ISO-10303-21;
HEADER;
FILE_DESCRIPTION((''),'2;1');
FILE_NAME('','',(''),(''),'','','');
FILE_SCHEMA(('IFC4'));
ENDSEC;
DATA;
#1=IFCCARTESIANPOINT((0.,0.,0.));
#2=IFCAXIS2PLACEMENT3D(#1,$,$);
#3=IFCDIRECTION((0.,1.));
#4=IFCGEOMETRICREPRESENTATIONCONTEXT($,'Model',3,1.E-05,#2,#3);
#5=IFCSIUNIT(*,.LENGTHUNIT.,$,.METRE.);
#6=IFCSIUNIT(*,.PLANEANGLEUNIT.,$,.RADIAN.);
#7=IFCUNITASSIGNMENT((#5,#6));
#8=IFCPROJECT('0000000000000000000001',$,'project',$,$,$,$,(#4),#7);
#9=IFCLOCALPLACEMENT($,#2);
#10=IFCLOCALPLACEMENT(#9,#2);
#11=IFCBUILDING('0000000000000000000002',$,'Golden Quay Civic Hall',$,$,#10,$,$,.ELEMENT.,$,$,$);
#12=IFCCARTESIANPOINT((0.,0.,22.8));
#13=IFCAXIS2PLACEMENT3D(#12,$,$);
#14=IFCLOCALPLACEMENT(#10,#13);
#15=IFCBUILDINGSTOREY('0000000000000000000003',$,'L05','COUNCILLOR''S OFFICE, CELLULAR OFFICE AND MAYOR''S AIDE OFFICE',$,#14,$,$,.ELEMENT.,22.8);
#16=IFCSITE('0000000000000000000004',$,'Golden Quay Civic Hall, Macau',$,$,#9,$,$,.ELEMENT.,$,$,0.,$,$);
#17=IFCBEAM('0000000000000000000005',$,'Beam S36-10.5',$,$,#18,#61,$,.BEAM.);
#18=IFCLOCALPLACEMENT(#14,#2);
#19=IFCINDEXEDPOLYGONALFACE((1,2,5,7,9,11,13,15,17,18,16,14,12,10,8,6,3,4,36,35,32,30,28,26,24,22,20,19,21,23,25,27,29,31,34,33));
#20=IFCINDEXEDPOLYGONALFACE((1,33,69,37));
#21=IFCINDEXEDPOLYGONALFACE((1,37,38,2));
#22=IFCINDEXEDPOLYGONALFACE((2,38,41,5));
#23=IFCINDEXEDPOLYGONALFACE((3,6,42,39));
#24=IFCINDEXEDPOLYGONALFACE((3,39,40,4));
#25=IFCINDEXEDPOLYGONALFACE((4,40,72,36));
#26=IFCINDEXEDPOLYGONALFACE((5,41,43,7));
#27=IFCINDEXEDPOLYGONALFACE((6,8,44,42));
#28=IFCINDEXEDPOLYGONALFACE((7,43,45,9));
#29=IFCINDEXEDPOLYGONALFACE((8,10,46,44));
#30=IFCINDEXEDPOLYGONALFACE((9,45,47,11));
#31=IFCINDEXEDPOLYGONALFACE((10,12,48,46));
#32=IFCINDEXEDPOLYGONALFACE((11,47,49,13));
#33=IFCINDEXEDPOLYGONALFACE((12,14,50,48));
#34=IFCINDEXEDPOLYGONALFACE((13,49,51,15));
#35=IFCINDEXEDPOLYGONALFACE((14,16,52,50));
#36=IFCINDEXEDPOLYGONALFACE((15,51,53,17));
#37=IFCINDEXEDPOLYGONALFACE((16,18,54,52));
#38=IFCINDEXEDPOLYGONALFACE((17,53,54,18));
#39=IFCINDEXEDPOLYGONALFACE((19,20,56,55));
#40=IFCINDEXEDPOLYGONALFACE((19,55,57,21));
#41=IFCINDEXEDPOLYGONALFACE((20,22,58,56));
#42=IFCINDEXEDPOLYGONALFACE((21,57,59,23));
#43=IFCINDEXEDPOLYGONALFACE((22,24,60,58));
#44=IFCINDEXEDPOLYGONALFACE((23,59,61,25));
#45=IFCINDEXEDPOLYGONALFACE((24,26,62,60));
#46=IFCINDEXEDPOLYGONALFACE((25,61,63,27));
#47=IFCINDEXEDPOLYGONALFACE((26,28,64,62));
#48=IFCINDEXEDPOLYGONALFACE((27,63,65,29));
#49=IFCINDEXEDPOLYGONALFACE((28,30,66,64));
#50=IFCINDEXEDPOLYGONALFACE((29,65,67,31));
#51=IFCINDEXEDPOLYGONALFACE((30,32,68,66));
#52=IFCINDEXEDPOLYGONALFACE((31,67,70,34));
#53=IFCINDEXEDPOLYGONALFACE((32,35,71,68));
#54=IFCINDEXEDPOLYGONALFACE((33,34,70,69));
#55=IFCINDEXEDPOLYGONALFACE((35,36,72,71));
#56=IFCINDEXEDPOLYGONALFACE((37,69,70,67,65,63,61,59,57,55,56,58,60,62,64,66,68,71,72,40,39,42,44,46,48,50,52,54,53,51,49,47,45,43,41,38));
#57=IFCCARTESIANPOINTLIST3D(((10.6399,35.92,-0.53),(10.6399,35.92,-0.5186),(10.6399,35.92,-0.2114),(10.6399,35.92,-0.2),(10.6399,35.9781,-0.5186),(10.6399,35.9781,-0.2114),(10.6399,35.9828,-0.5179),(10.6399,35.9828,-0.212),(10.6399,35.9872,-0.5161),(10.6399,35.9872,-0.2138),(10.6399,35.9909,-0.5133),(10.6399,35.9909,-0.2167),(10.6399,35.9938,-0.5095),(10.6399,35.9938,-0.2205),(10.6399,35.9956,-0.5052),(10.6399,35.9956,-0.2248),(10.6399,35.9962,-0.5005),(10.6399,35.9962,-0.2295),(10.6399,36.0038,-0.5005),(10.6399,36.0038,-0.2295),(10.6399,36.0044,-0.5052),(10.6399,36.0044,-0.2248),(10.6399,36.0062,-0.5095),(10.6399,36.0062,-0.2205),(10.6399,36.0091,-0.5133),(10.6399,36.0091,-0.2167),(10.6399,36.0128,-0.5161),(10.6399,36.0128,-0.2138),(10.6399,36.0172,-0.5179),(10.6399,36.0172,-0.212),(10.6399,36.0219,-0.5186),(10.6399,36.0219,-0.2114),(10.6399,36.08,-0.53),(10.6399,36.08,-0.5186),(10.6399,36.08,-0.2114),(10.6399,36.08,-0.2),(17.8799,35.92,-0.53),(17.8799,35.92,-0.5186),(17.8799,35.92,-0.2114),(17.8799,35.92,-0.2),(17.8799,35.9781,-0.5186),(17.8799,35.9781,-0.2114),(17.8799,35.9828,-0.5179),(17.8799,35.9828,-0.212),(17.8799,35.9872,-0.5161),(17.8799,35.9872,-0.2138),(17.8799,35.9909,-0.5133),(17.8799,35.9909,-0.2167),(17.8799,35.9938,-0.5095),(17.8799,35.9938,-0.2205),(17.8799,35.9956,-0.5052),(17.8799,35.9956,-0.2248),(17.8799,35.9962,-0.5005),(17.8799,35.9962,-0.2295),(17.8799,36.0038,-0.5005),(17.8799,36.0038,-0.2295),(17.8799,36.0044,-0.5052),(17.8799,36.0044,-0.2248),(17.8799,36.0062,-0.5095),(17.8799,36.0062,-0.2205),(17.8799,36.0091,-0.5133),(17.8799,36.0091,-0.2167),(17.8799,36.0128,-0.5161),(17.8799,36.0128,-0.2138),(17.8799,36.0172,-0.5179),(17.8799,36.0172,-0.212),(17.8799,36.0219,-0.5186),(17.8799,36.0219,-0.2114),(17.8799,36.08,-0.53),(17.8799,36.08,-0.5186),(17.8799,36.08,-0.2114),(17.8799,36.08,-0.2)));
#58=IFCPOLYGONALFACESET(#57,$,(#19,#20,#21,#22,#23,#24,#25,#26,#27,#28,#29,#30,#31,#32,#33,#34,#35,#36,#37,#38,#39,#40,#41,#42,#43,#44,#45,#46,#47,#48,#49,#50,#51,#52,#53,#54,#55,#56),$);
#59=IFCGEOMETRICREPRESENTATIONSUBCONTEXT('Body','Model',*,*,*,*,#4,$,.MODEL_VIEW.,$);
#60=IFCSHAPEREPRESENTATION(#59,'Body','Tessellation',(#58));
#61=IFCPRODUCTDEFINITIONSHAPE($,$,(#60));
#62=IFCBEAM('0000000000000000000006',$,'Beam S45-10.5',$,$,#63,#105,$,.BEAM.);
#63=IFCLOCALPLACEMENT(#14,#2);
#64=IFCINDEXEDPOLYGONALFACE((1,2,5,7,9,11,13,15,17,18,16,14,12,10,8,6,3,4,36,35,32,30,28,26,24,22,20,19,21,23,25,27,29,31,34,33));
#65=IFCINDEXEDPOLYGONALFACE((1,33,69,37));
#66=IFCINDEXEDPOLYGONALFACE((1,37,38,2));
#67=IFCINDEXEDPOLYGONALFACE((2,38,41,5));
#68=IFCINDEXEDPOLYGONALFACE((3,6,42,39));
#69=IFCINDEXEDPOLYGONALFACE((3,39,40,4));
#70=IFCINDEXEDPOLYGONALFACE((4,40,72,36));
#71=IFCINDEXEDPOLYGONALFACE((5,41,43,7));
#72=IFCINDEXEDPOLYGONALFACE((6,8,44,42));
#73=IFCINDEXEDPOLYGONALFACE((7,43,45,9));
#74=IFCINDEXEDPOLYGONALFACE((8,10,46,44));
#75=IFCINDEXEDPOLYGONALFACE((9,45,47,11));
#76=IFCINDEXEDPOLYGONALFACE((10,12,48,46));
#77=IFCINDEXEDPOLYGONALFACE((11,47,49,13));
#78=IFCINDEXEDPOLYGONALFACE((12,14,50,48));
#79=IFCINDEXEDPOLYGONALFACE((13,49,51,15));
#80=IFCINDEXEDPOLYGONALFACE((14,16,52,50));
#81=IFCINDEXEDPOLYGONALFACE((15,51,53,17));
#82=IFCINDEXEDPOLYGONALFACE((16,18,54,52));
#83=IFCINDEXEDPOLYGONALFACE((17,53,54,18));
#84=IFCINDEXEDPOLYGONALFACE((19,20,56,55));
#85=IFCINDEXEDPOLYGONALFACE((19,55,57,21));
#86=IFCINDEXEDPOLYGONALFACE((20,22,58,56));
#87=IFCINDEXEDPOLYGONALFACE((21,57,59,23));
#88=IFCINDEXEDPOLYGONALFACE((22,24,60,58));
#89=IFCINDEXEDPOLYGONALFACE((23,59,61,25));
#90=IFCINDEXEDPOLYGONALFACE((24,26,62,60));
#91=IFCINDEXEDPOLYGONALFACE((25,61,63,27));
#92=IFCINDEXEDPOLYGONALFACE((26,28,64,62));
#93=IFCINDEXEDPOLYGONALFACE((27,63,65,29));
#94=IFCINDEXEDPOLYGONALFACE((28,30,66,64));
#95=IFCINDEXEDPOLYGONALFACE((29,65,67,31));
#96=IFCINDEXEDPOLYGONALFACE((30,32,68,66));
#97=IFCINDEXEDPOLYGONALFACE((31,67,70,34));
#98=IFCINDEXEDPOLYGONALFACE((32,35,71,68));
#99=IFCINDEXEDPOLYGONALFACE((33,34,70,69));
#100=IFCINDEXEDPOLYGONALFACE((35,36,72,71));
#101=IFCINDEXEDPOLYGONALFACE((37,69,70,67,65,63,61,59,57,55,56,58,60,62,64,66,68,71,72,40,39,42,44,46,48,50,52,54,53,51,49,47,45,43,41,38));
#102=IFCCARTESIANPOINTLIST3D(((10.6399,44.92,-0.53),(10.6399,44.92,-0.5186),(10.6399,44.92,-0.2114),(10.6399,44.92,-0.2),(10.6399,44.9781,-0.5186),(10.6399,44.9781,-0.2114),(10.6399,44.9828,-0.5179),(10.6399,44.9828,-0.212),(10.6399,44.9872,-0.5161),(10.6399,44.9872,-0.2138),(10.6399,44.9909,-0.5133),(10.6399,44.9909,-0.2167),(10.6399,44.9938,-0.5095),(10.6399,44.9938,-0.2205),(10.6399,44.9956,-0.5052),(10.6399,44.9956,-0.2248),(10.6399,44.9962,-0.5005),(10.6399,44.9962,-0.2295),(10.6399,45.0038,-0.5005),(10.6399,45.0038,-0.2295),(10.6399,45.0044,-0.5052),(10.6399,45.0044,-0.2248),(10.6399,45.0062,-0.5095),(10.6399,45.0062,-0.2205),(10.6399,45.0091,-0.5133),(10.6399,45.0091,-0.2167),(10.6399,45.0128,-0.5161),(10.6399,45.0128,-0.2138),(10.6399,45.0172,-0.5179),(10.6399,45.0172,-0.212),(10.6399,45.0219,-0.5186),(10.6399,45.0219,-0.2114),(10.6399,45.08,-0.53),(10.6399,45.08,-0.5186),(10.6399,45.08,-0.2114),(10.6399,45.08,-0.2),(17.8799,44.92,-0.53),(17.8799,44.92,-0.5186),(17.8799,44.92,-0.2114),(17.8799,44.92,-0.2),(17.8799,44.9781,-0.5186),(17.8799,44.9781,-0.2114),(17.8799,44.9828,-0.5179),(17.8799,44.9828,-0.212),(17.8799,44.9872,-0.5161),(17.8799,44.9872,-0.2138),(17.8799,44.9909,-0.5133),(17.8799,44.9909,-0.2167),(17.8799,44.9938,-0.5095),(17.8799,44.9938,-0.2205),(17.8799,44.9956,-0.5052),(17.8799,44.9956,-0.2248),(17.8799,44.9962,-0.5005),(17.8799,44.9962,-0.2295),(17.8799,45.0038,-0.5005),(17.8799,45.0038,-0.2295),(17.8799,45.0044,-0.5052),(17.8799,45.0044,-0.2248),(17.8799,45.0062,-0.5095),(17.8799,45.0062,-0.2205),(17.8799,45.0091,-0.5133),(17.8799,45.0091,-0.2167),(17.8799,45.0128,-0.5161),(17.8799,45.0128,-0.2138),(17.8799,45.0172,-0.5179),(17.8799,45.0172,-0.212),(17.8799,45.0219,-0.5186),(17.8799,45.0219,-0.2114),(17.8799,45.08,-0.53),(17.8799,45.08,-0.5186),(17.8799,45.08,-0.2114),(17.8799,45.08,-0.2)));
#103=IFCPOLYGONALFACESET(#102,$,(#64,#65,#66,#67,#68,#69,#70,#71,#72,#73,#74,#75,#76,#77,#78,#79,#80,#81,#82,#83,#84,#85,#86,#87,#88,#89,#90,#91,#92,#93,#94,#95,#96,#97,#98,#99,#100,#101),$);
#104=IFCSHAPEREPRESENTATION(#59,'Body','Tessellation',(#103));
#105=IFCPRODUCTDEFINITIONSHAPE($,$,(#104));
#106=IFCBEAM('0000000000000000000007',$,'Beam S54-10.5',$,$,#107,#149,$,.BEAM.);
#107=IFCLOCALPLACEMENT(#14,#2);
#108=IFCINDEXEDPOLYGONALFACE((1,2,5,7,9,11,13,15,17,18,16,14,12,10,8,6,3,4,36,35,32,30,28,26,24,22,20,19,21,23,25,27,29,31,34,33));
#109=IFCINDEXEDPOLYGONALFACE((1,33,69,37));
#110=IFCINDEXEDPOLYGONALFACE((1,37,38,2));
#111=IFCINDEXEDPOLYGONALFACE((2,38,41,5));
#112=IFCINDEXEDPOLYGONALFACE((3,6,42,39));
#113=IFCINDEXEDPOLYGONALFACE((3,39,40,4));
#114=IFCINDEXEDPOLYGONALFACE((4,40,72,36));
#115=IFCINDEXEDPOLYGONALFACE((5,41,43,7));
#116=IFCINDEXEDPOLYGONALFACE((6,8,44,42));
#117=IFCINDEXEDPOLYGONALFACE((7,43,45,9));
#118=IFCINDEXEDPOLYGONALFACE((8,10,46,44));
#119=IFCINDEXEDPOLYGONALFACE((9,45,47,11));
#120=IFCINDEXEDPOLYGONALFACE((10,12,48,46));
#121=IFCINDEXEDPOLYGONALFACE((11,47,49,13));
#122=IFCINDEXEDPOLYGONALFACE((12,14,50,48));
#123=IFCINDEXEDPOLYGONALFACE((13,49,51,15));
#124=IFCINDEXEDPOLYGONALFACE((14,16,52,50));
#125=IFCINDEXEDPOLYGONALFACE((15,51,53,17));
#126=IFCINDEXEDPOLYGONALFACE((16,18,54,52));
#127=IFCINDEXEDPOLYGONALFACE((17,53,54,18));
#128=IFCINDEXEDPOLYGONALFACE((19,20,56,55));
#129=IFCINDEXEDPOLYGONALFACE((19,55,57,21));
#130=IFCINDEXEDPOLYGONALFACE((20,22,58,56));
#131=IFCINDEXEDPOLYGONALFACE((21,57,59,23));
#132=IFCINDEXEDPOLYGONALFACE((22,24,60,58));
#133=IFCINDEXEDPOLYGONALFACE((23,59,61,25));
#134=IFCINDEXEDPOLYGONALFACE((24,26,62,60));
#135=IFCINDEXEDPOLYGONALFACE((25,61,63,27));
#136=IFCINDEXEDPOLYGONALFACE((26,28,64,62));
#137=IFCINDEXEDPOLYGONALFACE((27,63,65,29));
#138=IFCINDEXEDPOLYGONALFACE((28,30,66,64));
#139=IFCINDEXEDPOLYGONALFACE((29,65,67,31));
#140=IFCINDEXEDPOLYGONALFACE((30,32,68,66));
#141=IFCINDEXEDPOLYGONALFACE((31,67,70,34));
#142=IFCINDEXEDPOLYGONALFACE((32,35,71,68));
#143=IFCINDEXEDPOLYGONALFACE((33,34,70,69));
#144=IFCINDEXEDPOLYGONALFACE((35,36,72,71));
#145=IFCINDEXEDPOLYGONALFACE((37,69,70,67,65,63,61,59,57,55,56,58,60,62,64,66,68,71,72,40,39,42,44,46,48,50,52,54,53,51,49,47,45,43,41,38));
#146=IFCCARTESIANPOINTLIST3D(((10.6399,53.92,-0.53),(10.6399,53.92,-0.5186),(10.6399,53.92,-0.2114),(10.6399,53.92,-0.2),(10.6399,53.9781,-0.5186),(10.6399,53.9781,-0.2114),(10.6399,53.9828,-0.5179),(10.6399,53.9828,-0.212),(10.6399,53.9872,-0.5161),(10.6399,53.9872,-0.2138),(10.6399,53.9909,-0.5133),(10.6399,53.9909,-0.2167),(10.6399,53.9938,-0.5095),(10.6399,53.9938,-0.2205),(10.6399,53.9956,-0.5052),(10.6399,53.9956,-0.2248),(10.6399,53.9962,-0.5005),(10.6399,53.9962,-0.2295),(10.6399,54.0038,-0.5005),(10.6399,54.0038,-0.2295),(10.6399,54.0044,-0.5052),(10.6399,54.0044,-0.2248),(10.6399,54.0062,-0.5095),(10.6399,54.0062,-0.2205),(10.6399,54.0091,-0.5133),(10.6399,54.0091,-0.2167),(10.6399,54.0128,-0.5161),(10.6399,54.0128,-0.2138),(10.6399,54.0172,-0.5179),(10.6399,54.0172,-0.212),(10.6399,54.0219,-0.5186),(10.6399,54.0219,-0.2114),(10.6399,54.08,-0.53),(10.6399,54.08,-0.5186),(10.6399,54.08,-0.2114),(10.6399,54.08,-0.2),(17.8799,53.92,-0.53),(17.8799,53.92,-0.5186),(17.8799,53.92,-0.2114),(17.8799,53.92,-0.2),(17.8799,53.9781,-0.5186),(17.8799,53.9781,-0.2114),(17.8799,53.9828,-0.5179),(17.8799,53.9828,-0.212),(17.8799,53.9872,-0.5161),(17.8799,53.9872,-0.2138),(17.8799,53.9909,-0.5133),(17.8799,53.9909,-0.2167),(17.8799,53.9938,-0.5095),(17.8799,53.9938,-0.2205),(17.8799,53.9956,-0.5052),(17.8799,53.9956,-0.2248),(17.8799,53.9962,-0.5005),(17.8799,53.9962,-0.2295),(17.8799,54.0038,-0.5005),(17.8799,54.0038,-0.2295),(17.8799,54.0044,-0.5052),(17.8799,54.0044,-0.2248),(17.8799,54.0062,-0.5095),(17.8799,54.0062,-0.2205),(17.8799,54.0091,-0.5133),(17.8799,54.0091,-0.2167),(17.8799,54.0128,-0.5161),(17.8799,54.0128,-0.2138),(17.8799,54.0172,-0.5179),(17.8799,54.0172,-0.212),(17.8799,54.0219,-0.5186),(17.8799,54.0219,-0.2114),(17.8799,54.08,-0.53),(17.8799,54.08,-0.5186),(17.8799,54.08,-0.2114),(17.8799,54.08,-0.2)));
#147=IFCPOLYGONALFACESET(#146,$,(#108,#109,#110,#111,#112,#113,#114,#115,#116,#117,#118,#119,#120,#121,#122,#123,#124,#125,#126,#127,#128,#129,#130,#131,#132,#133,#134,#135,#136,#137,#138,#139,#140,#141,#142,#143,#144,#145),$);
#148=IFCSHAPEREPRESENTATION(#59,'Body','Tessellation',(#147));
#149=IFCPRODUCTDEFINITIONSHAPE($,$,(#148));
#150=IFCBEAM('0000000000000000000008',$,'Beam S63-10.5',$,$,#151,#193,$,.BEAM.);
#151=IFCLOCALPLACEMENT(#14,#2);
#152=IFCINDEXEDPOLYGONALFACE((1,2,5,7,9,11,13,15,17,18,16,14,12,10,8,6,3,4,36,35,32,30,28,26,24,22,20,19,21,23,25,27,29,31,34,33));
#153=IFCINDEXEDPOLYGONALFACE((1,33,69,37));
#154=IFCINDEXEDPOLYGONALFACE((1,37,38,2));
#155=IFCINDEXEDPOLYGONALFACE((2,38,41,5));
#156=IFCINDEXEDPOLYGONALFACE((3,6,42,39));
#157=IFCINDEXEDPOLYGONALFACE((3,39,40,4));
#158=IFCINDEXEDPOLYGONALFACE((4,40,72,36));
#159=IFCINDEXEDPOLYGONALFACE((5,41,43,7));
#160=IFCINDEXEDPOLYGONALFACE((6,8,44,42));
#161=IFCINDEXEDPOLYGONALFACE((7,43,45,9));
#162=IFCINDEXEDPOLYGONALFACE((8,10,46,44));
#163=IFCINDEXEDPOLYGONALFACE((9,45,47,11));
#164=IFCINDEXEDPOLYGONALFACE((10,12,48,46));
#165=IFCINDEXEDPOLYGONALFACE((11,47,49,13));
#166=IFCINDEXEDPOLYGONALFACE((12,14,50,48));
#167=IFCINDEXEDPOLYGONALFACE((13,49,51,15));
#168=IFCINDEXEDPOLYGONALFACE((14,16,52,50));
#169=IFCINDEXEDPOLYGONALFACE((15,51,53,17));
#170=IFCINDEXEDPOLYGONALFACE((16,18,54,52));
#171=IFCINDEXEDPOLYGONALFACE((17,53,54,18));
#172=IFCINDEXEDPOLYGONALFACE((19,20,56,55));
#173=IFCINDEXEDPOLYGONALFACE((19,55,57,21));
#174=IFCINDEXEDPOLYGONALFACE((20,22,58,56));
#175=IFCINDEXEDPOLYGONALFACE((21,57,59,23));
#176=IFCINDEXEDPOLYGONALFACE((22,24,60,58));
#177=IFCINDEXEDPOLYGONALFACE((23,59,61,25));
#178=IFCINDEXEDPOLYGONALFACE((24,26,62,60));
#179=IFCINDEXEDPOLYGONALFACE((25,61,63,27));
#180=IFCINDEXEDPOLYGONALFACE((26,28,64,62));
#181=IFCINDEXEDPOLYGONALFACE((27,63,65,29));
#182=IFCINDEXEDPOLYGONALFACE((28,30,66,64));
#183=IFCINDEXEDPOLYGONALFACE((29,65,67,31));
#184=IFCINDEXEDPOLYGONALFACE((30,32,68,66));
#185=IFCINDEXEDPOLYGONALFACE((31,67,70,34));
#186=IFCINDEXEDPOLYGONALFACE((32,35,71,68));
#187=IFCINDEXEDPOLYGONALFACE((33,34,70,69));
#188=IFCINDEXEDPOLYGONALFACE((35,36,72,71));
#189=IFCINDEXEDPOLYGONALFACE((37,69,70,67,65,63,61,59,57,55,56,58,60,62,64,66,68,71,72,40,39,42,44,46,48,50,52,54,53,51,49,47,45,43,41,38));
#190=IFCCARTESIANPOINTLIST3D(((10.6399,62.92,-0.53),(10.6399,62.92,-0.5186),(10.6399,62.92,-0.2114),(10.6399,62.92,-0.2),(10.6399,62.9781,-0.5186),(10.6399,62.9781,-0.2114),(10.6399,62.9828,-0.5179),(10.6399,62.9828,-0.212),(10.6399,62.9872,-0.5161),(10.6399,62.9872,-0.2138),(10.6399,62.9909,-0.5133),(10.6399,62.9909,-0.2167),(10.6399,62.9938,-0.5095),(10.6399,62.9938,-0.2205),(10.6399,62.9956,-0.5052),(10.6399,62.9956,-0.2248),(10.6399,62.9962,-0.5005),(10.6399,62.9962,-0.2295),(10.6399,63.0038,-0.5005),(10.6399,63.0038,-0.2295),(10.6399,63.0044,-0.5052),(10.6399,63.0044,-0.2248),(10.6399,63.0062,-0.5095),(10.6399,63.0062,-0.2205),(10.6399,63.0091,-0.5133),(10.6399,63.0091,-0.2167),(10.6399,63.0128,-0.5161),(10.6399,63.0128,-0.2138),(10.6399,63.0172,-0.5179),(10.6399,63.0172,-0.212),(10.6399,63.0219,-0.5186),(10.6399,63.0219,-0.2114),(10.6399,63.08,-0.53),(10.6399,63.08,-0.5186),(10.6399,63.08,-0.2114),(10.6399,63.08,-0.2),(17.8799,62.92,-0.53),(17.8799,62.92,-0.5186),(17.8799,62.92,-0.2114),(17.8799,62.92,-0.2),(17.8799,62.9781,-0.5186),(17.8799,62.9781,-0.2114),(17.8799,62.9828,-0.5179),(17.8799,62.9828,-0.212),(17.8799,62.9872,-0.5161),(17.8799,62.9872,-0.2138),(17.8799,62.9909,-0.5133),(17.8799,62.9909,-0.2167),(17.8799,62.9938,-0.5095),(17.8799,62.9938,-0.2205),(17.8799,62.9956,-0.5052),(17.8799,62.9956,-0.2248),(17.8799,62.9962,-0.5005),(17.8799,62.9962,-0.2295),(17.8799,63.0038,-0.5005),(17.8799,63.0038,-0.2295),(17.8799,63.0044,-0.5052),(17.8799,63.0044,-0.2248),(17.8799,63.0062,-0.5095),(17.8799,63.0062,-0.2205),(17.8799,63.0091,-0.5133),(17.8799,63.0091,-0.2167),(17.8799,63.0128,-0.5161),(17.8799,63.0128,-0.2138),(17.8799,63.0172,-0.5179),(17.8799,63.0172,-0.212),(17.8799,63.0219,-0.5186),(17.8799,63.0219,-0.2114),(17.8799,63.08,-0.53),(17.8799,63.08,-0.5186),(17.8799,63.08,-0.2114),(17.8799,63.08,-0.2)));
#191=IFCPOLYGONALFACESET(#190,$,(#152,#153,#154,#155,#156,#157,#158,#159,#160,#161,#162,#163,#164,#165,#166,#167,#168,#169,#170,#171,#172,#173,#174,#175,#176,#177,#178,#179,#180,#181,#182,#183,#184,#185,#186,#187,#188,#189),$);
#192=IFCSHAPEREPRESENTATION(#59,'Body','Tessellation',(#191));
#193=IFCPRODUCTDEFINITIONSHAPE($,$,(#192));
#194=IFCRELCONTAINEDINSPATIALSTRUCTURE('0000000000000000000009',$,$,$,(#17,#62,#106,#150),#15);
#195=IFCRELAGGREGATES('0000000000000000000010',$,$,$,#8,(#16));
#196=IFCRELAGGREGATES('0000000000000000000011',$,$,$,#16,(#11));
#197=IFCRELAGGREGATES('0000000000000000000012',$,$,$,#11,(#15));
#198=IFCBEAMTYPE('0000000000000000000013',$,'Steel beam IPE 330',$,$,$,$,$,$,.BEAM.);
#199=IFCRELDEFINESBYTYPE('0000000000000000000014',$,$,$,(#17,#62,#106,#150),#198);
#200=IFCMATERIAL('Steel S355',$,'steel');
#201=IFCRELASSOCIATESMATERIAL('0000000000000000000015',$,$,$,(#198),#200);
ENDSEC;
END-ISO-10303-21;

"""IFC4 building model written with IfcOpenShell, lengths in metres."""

from ifc_helpers import new_model, si_unit, direction, frame, origin, origin_2d, place, context, subcontext, project, spatial, i_section, extrude, material, material_profile, profile_set, type_object, element, save


model = new_model("IFC4")

# Units and contexts
model_context = context("Model", 3, precision=1e-05, world=origin(), true_north=direction((0.0, 1.0)))
body_context = subcontext(model_context, "Body", "Model", "MODEL_VIEW")
ifc_project = project(units=[si_unit("LENGTHUNIT", "METRE"), si_unit("PLANEANGLEUNIT", "RADIAN")], contexts=[model_context])

# Site, building, storey
site_placement = place(None, origin())
site = spatial("IfcSite", under=ifc_project, at=site_placement, Name="Golden Quay Civic Hall, Macau", CompositionType="ELEMENT", RefElevation=0.0)
building_placement = place(site_placement, origin())
building = spatial("IfcBuilding", under=site, at=building_placement, Name="Golden Quay Civic Hall", CompositionType="ELEMENT")
storey_placement = place(building_placement, frame((0.0, 0.0, 22.8)))
storey = spatial("IfcBuildingStorey", under=building, at=storey_placement, Name="L05", Description="COUNCILLOR'S OFFICE, CELLULAR OFFICE AND MAYOR'S AIDE OFFICE", CompositionType="ELEMENT", Elevation=22.8)

# Beams
ifc_material_1 = material(Name="Steel S355", Category="steel")
ifc_material_profile_1 = material_profile(ifc_material_1, i_section(OverallWidth=0.1599, OverallDepth=0.3301, WebThickness=0.0076, FlangeThickness=0.0115, FilletRadius=0.0181, at=origin_2d()), Name="IPE 330")
ifc_profile_set_1 = profile_set([ifc_material_profile_1], Name="Steel S355")
beam_type_1 = type_object("IfcBeamType", Name="Steel beam IPE 330", PredefinedType="BEAM", material=ifc_profile_set_1)
for number, where, z_axis, x_axis, name in (
    (1, (10.6399, 36.0, -0.365), (1.0, 0.0, 0.0), (0.0, 1.0, 0.0), "Beam S36-10.5"),
    (2, (10.6399, 45.0, -0.365), (1.0, 0.0, 0.0), (0.0, 1.0, 0.0), "Beam S45-10.5"),
    (3, (10.6399, 54.0, -0.365), (1.0, 0.0, 0.0), (0.0, 1.0, 0.0), "Beam S54-10.5"),
    (4, (10.6399, 63.0, -0.365), (1.0, 0.0, 0.0), (0.0, 1.0, 0.0), "Beam S63-10.5"),
):
    element("IfcBeam", number, at=place(storey_placement, frame(where, z_axis=z_axis, x_axis=x_axis)), inside=storey, type_object=beam_type_1, Name=name, PredefinedType="BEAM", context=body_context, shape_type="SweptSolid", body=[
        extrude(i_section(OverallWidth=0.1599, OverallDepth=0.3301, WebThickness=0.0076, FlangeThickness=0.0115, FilletRadius=0.0181, at=origin_2d()), origin(), (0.0, 0.0, 1.0), 7.24),
    ])

save(model, "model.ifc")
